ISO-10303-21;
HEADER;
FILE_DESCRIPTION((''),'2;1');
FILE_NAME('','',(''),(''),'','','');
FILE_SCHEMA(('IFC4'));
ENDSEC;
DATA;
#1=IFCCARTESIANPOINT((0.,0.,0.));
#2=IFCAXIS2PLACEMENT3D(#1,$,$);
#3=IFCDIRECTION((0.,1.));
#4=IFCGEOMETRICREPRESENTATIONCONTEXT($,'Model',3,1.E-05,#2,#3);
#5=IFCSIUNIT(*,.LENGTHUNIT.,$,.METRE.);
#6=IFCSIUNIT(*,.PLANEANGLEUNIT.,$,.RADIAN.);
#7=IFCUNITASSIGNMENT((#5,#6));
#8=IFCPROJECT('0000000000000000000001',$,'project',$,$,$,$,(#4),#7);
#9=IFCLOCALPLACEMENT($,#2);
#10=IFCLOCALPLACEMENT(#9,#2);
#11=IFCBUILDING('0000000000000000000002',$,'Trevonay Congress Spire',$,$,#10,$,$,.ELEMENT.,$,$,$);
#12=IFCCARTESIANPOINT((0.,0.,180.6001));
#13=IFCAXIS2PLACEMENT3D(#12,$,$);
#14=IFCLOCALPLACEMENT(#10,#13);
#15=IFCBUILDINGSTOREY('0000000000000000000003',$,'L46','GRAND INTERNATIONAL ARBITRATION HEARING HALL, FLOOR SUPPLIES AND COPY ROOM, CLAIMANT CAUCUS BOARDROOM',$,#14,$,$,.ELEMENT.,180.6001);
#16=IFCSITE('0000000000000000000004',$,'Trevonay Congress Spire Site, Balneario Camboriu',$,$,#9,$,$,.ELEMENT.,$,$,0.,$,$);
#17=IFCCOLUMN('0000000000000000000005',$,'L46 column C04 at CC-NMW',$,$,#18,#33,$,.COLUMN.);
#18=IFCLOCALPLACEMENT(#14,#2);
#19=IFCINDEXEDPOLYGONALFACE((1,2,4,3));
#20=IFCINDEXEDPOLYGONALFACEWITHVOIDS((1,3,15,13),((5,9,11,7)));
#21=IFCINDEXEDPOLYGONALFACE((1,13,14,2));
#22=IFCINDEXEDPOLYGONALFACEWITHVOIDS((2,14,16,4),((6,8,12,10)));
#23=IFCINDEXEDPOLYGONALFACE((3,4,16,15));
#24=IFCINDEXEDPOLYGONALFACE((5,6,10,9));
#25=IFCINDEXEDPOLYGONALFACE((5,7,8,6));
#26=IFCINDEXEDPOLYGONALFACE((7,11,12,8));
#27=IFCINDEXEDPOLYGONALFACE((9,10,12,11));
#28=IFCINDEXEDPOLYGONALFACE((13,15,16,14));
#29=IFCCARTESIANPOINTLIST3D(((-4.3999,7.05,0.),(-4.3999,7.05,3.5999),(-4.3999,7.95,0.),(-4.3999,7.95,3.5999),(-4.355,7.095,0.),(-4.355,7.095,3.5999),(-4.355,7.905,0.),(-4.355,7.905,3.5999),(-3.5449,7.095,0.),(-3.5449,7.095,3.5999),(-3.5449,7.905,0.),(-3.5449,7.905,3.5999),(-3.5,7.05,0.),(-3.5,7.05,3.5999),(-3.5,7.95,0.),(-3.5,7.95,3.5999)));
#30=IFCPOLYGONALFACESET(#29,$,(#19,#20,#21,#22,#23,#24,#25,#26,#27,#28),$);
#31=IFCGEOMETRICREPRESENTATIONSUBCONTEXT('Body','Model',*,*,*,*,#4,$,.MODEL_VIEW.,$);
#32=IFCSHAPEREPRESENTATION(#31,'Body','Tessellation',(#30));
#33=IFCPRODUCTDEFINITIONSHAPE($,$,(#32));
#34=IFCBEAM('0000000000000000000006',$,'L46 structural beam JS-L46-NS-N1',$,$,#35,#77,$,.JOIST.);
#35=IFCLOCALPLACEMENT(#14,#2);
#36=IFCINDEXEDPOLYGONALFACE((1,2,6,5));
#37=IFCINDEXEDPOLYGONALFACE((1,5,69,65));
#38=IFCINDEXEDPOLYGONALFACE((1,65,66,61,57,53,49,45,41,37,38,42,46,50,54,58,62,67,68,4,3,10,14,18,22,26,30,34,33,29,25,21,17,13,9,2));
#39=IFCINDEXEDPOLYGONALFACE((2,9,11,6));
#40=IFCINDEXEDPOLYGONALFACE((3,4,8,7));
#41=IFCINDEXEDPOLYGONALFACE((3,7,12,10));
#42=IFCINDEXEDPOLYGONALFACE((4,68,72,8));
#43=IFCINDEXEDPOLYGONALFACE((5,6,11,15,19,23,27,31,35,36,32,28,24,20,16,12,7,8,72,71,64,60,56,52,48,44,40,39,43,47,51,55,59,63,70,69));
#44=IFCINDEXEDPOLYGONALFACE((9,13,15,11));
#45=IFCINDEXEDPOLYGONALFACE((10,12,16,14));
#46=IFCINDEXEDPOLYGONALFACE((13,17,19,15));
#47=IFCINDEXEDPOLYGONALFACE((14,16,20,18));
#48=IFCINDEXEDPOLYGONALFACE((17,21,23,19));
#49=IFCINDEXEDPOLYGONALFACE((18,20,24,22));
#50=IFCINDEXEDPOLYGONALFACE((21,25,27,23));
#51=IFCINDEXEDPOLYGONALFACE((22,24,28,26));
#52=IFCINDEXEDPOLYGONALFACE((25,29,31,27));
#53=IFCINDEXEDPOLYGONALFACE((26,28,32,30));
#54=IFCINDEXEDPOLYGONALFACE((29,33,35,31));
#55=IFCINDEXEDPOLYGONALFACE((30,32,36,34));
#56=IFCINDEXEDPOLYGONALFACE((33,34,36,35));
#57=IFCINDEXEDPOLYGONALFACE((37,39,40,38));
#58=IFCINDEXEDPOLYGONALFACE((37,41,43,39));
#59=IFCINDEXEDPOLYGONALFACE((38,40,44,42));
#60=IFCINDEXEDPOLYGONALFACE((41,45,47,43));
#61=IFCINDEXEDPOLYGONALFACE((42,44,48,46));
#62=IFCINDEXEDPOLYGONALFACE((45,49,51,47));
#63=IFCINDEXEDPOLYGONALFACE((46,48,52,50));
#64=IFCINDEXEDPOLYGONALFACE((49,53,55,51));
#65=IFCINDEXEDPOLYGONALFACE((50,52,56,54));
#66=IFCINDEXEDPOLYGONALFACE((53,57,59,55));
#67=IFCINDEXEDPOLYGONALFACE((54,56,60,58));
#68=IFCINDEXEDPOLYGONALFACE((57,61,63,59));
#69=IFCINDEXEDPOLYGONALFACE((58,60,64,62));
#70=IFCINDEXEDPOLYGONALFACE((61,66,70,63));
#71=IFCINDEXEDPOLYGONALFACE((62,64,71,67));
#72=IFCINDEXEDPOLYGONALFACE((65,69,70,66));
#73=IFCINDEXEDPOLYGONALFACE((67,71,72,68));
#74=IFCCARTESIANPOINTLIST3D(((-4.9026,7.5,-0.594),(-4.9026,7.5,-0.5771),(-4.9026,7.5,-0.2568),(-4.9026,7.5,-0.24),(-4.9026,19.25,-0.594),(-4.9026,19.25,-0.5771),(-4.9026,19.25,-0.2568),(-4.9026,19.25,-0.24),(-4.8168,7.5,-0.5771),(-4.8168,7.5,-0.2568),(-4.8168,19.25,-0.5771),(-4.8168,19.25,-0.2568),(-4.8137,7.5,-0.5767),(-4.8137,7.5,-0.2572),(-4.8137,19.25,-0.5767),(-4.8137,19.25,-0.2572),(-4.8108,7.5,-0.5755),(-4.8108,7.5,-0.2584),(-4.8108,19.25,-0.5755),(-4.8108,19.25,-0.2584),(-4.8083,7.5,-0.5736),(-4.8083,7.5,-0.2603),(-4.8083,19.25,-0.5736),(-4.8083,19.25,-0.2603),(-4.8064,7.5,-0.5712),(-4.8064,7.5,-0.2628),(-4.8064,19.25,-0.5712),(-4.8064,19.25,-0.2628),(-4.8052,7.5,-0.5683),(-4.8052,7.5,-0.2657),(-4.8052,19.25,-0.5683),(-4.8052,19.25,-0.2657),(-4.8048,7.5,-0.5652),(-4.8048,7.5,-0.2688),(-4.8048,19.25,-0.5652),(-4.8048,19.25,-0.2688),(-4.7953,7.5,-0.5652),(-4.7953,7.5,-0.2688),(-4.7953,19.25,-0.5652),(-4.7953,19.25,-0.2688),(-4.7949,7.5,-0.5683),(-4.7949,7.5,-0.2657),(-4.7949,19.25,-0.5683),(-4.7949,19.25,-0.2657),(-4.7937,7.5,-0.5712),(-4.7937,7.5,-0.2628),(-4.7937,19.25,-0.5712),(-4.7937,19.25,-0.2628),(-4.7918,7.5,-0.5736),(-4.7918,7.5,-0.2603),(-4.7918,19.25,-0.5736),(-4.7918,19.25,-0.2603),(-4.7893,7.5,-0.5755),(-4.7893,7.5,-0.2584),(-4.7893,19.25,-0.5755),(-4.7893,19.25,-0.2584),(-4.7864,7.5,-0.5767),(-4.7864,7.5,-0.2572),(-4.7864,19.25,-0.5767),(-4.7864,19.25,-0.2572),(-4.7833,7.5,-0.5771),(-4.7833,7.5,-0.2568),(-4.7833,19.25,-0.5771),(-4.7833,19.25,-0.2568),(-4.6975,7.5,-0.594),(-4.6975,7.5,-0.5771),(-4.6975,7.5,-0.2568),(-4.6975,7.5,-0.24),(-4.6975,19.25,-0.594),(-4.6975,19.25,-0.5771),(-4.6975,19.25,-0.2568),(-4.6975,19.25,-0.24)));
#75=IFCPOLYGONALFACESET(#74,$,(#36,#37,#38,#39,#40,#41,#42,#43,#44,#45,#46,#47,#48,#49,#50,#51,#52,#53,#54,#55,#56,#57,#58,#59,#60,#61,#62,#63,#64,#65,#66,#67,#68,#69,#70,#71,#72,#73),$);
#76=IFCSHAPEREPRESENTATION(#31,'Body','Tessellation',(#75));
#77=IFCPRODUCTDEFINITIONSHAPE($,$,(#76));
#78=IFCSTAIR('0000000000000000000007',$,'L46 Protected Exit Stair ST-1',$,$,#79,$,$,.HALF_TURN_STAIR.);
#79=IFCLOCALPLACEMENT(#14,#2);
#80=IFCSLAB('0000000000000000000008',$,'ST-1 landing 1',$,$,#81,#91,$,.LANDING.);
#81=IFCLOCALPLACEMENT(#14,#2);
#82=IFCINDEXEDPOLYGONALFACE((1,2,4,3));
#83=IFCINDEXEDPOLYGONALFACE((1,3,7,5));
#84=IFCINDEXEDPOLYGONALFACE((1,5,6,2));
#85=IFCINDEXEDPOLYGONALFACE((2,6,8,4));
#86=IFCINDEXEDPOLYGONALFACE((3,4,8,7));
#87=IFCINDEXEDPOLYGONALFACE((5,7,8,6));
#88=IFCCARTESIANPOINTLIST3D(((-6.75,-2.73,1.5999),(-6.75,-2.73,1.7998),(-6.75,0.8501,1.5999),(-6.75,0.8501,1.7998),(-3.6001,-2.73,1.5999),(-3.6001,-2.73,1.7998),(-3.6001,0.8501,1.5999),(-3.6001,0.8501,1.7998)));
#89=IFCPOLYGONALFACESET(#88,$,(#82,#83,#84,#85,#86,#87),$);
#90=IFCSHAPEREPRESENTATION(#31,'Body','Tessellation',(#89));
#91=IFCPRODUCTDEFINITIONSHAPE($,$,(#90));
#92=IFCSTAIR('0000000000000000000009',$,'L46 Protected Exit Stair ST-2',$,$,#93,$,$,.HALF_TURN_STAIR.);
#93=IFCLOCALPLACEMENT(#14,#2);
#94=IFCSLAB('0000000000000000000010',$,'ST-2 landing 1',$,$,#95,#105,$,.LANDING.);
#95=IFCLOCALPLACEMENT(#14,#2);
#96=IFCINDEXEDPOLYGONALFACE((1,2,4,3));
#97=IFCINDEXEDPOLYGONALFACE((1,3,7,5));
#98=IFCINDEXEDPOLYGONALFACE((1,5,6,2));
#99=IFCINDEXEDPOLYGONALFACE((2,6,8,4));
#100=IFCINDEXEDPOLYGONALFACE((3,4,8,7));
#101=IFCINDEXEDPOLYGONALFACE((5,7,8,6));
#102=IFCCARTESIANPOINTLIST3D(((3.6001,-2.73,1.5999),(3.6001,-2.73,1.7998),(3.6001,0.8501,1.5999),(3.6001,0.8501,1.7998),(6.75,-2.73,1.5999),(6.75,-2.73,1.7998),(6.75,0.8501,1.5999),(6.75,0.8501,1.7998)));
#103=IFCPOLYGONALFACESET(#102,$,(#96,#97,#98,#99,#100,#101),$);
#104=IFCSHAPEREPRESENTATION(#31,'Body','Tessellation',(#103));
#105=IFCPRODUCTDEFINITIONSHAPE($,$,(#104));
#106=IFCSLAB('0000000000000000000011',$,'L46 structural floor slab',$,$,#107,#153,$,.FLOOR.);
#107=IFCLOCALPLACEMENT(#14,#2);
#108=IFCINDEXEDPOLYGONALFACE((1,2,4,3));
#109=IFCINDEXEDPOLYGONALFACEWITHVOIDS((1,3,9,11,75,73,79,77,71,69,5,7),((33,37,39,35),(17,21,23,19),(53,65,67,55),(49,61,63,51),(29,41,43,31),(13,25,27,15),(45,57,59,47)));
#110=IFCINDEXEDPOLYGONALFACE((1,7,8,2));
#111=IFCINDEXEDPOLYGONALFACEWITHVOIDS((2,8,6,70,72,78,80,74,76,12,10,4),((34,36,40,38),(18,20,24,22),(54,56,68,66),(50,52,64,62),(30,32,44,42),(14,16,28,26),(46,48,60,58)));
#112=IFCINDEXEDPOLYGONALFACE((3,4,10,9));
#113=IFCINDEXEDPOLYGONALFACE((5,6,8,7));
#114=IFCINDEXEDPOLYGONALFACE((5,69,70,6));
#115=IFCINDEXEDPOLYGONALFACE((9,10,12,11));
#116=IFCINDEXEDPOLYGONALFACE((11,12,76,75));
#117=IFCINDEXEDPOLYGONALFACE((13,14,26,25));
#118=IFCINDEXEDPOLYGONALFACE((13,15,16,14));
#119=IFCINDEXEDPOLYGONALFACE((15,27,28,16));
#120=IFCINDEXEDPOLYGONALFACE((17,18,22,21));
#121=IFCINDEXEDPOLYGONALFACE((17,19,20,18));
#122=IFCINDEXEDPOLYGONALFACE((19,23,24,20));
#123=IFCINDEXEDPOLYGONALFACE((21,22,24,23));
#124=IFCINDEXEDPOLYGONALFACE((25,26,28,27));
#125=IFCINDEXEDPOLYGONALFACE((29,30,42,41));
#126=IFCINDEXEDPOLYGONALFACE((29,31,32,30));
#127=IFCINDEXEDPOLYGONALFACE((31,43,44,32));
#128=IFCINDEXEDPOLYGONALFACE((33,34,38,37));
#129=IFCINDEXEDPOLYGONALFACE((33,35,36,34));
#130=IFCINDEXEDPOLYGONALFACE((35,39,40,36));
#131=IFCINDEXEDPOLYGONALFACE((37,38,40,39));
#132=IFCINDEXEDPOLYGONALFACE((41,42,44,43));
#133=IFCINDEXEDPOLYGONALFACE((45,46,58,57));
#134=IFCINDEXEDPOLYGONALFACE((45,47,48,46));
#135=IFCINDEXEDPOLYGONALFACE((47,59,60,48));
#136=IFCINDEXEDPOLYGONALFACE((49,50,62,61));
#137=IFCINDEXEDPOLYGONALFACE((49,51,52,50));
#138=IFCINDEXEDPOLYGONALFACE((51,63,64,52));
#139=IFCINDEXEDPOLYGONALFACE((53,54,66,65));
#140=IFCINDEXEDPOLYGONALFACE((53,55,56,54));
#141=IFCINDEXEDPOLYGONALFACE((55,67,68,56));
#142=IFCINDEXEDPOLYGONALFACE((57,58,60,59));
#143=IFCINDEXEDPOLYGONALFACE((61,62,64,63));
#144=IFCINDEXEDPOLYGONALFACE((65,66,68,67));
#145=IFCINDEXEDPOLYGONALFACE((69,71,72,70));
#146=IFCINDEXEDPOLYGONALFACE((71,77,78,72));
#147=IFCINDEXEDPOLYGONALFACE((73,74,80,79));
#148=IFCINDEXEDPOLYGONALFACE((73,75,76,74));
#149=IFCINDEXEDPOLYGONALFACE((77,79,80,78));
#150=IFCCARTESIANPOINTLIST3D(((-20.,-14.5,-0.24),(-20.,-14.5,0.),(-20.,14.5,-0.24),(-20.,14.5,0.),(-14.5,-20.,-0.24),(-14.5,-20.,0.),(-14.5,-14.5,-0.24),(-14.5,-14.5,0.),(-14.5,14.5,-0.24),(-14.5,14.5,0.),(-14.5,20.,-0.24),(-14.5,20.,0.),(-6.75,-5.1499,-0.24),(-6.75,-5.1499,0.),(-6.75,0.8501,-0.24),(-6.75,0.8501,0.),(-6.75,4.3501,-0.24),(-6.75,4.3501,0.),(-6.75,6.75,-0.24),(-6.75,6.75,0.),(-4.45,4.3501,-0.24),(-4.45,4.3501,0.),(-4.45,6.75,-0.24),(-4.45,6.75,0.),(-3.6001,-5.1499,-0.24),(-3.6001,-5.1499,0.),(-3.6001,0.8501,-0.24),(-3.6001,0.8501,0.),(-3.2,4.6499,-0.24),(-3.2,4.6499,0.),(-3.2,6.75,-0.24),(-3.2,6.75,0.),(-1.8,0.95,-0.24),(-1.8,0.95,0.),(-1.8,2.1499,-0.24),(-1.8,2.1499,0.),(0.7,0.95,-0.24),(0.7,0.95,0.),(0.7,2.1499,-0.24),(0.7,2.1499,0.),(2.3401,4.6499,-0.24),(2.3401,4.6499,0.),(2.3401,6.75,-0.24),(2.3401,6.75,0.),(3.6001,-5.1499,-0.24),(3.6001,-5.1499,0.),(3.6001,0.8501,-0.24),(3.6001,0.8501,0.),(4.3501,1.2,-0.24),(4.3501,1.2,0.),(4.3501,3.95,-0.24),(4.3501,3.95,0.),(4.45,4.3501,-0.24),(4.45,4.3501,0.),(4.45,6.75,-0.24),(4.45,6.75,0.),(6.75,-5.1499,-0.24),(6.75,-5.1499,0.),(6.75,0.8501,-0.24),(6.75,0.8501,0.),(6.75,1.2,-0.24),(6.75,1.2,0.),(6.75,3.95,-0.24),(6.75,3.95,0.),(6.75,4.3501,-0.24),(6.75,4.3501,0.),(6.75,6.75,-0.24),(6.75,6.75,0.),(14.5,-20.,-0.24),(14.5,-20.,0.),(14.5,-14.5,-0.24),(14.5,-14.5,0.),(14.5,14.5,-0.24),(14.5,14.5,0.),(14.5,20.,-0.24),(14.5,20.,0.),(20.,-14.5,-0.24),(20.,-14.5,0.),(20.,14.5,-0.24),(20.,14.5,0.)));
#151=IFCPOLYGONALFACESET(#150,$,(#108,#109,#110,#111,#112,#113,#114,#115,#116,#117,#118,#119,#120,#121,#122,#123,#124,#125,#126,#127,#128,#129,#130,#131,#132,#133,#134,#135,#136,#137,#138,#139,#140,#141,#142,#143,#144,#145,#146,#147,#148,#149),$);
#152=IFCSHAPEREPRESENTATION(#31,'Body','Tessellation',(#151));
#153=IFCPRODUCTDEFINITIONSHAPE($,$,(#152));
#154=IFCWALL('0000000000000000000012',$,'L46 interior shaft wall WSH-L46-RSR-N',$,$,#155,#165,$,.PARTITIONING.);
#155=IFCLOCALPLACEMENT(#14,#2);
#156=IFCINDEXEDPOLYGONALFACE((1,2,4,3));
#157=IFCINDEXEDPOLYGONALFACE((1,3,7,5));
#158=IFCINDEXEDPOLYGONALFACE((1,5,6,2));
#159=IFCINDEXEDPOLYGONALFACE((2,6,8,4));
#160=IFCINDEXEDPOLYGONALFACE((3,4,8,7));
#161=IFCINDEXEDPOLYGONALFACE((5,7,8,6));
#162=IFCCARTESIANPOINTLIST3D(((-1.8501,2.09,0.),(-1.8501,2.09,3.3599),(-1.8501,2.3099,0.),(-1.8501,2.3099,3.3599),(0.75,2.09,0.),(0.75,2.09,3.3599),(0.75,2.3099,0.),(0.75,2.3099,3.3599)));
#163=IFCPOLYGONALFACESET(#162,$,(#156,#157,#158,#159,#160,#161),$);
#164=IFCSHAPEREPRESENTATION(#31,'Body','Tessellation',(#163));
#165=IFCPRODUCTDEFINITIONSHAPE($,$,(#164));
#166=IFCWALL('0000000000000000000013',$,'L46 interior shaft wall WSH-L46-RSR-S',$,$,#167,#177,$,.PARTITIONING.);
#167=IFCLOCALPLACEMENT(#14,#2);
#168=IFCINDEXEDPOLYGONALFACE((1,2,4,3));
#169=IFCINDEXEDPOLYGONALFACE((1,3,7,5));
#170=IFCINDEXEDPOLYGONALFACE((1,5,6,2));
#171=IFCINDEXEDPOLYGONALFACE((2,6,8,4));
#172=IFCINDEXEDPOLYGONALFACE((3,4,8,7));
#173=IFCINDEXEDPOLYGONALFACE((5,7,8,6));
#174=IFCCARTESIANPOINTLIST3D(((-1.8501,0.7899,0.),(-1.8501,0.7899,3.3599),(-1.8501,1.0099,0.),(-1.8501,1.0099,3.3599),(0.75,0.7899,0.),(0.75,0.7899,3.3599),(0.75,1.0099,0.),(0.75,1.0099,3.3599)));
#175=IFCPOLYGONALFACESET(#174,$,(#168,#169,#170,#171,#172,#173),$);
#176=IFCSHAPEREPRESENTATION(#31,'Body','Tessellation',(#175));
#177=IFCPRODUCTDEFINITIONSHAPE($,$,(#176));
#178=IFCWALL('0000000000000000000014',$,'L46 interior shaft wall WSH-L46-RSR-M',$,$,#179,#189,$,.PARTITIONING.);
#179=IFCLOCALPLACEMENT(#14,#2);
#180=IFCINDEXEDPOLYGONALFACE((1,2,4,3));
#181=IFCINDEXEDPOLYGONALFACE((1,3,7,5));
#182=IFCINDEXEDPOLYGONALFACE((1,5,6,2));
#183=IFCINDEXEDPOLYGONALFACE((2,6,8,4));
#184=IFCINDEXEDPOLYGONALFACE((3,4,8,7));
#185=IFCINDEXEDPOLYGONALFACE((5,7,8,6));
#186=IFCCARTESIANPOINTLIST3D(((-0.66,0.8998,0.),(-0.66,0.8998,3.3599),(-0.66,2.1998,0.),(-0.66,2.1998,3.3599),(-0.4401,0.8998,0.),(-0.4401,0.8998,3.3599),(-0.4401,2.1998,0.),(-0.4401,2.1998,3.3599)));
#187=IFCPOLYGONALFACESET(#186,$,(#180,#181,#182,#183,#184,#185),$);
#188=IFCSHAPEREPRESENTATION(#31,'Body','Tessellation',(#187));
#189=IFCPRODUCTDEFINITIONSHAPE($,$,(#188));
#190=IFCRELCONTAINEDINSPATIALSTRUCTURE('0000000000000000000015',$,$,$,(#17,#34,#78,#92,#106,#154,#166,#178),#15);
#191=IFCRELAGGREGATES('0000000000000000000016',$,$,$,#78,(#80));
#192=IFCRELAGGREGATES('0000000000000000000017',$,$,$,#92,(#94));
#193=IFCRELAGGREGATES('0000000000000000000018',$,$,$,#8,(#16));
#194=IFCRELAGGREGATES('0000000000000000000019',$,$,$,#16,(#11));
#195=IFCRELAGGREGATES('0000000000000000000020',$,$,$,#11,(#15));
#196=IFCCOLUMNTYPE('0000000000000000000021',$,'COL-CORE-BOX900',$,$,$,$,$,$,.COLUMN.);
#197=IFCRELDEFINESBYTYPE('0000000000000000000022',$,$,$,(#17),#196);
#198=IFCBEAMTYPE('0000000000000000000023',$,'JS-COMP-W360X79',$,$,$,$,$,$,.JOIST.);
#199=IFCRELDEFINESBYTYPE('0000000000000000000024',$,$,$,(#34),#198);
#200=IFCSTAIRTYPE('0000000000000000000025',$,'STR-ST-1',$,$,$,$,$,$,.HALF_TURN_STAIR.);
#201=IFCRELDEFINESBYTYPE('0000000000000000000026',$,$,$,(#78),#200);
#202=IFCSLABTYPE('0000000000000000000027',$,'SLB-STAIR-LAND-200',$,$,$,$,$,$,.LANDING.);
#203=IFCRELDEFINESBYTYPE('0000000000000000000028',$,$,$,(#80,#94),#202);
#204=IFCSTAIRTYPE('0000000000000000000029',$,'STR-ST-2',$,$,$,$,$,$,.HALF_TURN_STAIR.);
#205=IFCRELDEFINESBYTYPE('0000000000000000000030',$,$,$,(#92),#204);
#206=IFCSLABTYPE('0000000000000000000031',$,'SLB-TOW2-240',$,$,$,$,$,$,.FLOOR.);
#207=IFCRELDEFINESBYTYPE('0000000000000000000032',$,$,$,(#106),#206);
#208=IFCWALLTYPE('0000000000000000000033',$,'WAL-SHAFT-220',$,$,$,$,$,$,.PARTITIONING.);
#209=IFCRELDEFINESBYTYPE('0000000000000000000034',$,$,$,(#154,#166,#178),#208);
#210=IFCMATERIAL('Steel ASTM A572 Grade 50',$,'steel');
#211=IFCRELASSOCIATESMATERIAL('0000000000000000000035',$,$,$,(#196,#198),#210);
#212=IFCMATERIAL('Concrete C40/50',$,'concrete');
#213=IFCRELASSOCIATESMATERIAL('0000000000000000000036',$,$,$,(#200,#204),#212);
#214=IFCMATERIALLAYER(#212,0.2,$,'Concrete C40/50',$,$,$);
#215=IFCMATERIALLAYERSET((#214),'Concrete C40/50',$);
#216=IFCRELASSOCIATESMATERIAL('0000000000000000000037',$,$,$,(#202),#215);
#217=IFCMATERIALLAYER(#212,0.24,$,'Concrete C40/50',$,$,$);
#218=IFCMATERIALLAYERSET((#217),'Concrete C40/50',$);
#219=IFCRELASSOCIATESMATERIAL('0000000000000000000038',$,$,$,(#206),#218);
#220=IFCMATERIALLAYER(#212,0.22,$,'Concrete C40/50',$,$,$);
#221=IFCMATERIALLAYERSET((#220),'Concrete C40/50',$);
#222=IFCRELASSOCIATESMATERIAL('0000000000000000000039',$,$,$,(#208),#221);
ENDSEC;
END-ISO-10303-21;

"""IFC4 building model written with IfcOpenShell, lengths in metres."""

from ifc_helpers import new_model, si_unit, direction, frame, frame_2d, origin, origin_2d, place, context, subcontext, project, spatial, polyline, rectangle, hollow_rectangle, i_section, outline, extrude, material, layer, layer_set, material_profile, profile_set, type_object, element, aggregate, save


model = new_model("IFC4")

# Units and contexts
model_context = context("Model", 3, precision=1e-05, world=origin(), true_north=direction((0.0, 1.0)))
body_context = subcontext(model_context, "Body", "Model", "MODEL_VIEW")
ifc_project = project(units=[si_unit("LENGTHUNIT", "METRE"), si_unit("PLANEANGLEUNIT", "RADIAN")], contexts=[model_context])

# Site, building, storey
site_placement = place(None, origin())
site = spatial("IfcSite", under=ifc_project, at=site_placement, Name="Trevonay Congress Spire Site, Balneario Camboriu", CompositionType="ELEMENT", RefElevation=0.0)
building_placement = place(site_placement, origin())
building = spatial("IfcBuilding", under=site, at=building_placement, Name="Trevonay Congress Spire", CompositionType="ELEMENT")
storey_placement = place(building_placement, frame((0.0, 0.0, 180.6001)))
storey = spatial("IfcBuildingStorey", under=building, at=storey_placement, Name="L46", Description="GRAND INTERNATIONAL ARBITRATION HEARING HALL, FLOOR SUPPLIES AND COPY ROOM, CLAIMANT CAUCUS BOARDROOM", CompositionType="ELEMENT", Elevation=180.6001)

# Column
ifc_material_1 = material(Name="Steel ASTM A572 Grade 50", Category="steel")
ifc_material_profile_1 = material_profile(ifc_material_1, hollow_rectangle(XDim=0.8999, YDim=0.8999, WallThickness=0.0449, at=origin_2d()), Name="BOX 900x900x45")
ifc_profile_set_1 = profile_set([ifc_material_profile_1], Name="Steel ASTM A572 Grade 50")
column_type = type_object("IfcColumnType", Name="COL-CORE-BOX900", PredefinedType="COLUMN", material=ifc_profile_set_1)
column_placement = place(storey_placement, frame((-3.95, 7.5, 0.0), z_axis=(0.0, 0.0, 1.0), x_axis=(1.0, 0.0, 0.0)))
element("IfcColumn", 1, at=column_placement, inside=storey, type_object=column_type, Name="L46 column C04 at CC-NMW", PredefinedType="COLUMN", context=body_context, shape_type="SweptSolid", body=[
    extrude(hollow_rectangle(XDim=0.8999, YDim=0.8999, WallThickness=0.0449, at=origin_2d()), origin(), (0.0, 0.0, 1.0), 3.5999),
])

# Beam
ifc_material_profile_2 = material_profile(ifc_material_1, i_section(OverallWidth=0.2051, OverallDepth=0.354, WebThickness=0.0095, FlangeThickness=0.0168, FilletRadius=0.012, at=origin_2d()), Name="W360x79")
ifc_profile_set_2 = profile_set([ifc_material_profile_2], Name="Steel ASTM A572 Grade 50")
beam_type = type_object("IfcBeamType", Name="JS-COMP-W360X79", PredefinedType="JOIST", material=ifc_profile_set_2)
beam_placement = place(storey_placement, frame((-4.8, 7.5, -0.417), z_axis=(0.0, 1.0, 0.0), x_axis=(-1.0, 0.0, 0.0)))
element("IfcBeam", 2, at=beam_placement, inside=storey, type_object=beam_type, Name="L46 structural beam JS-L46-NS-N1", PredefinedType="JOIST", context=body_context, shape_type="SweptSolid", body=[
    extrude(i_section(OverallWidth=0.2051, OverallDepth=0.354, WebThickness=0.0095, FlangeThickness=0.0168, FilletRadius=0.012, at=origin_2d()), origin(), (0.0, 0.0, 1.0), 11.75),
])

# Stairs, slabs
ifc_material_2 = material(Name="Concrete C40/50", Category="concrete")
stair_type_1 = type_object("IfcStairType", Name="STR-ST-1", PredefinedType="HALF_TURN_STAIR", material=ifc_material_2)
stair_1_placement = place(storey_placement, origin())
stair_1 = element("IfcStair", 3, at=stair_1_placement, inside=storey, type_object=stair_type_1, Name="L46 Protected Exit Stair ST-1", PredefinedType="HALF_TURN_STAIR")
ifc_layer_1 = layer(ifc_material_2, 0.2, Name="Concrete C40/50")
ifc_layer_set_1 = layer_set([ifc_layer_1], Name="Concrete C40/50")
slab_type_1 = type_object("IfcSlabType", Name="SLB-STAIR-LAND-200", PredefinedType="LANDING", material=ifc_layer_set_1)
slab_1_placement = place(storey_placement, frame((0.0, 0.0, 1.5999)))
slab_1 = element("IfcSlab", 4, at=slab_1_placement, type_object=slab_type_1, Name="ST-1 landing 1", PredefinedType="LANDING", context=body_context, shape_type="SweptSolid", body=[
    extrude(outline(polyline([(-3.6001, -2.73), (-3.6001, 0.8501), (-6.75, 0.8501), (-6.75, -2.73), (-3.6001, -2.73)])), origin(), (0.0, 0.0, 1.0), 0.2),
])
aggregate(stair_1, [slab_1])
stair_type_2 = type_object("IfcStairType", Name="STR-ST-2", PredefinedType="HALF_TURN_STAIR", material=ifc_material_2)
stair_2_placement = place(storey_placement, origin())
stair_2 = element("IfcStair", 5, at=stair_2_placement, inside=storey, type_object=stair_type_2, Name="L46 Protected Exit Stair ST-2", PredefinedType="HALF_TURN_STAIR")
slab_2_placement = place(storey_placement, frame((0.0, 0.0, 1.5999)))
slab_2 = element("IfcSlab", 6, at=slab_2_placement, type_object=slab_type_1, Name="ST-2 landing 1", PredefinedType="LANDING", context=body_context, shape_type="SweptSolid", body=[
    extrude(outline(polyline([(6.75, -2.73), (6.75, 0.8501), (3.6001, 0.8501), (3.6001, -2.73), (6.75, -2.73)])), origin(), (0.0, 0.0, 1.0), 0.2),
])
aggregate(stair_2, [slab_2])

# Slab
ifc_layer_2 = layer(ifc_material_2, 0.24, Name="Concrete C40/50")
ifc_layer_set_2 = layer_set([ifc_layer_2], Name="Concrete C40/50")
slab_type_2 = type_object("IfcSlabType", Name="SLB-TOW2-240", PredefinedType="FLOOR", material=ifc_layer_set_2)
slab_3_placement = place(storey_placement, frame((0.0, 0.0, -0.24)))
element("IfcSlab", 7, at=slab_3_placement, inside=storey, type_object=slab_type_2, Name="L46 structural floor slab", PredefinedType="FLOOR", context=body_context, shape_type="SweptSolid", body=[
    extrude(outline(polyline([(-14.5, -20.0), (14.5, -20.0), (14.5, -14.5), (20.0, -14.5), (20.0, 14.5), (14.5, 14.5), (14.5, 20.0), (-14.5, 20.0), (-14.5, 14.5), (-20.0, 14.5), (-20.0, -14.5), (-14.5, -14.5), (-14.5, -20.0)]), holes=[polyline([(-3.6001, -5.1499), (-3.6001, 0.8501), (-6.75, 0.8501), (-6.75, -5.1499), (-3.6001, -5.1499)]), polyline([(6.75, -5.1499), (6.75, 0.8501), (3.6001, 0.8501), (3.6001, -5.1499), (6.75, -5.1499)]), polyline([(-3.2, 4.6499), (2.3401, 4.6499), (2.3401, 6.75), (-3.2, 6.75), (-3.2, 4.6499)]), polyline([(-6.75, 4.3501), (-4.45, 4.3501), (-4.45, 6.75), (-6.75, 6.75), (-6.75, 4.3501)]), polyline([(4.45, 4.3501), (6.75, 4.3501), (6.75, 6.75), (4.45, 6.75), (4.45, 4.3501)]), polyline([(4.3501, 1.2), (6.75, 1.2), (6.75, 3.95), (4.3501, 3.95), (4.3501, 1.2)]), polyline([(-1.8, 0.95), (0.7, 0.95), (0.7, 2.1499), (-1.8, 2.1499), (-1.8, 0.95)])]), origin(), (0.0, 0.0, 1.0), 0.24),
])

# Walls
ifc_layer_3 = layer(ifc_material_2, 0.22, Name="Concrete C40/50")
ifc_layer_set_3 = layer_set([ifc_layer_3], Name="Concrete C40/50")
wall_type_1 = type_object("IfcWallType", Name="WAL-SHAFT-220", PredefinedType="PARTITIONING", material=ifc_layer_set_3)
for number, where, z_axis, x_axis, name in (
    (8, (-1.8501, 2.2, 0.0), (0.0, 0.0, 1.0), (1.0, 0.0, 0.0), "L46 interior shaft wall WSH-L46-RSR-N"),
    (9, (-1.8501, 0.8999, 0.0), (0.0, 0.0, 1.0), (1.0, 0.0, 0.0), "L46 interior shaft wall WSH-L46-RSR-S"),
):
    element("IfcWall", number, at=place(storey_placement, frame(where, z_axis=z_axis, x_axis=x_axis)), inside=storey, type_object=wall_type_1, Name=name, PredefinedType="PARTITIONING", context=body_context, shape_type="SweptSolid", body=[
        extrude(rectangle(XDim=2.6001, YDim=0.22, at=frame_2d((1.3, 0.0))), origin(), (0.0, 0.0, 1.0), 3.3599),
    ])
for number, where, z_axis, x_axis, name in (
    (10, (-0.55, 0.8999, 0.0), (0.0, 0.0, 1.0), (0.0, 1.0, 0.0), "L46 interior shaft wall WSH-L46-RSR-M"),
):
    element("IfcWall", number, at=place(storey_placement, frame(where, z_axis=z_axis, x_axis=x_axis)), inside=storey, type_object=wall_type_1, Name=name, PredefinedType="PARTITIONING", context=body_context, shape_type="SweptSolid", body=[
        extrude(rectangle(XDim=1.3, YDim=0.22, at=frame_2d((0.6499, 0.0))), origin(), (0.0, 0.0, 1.0), 3.3599),
    ])

save(model, "model.ifc")
